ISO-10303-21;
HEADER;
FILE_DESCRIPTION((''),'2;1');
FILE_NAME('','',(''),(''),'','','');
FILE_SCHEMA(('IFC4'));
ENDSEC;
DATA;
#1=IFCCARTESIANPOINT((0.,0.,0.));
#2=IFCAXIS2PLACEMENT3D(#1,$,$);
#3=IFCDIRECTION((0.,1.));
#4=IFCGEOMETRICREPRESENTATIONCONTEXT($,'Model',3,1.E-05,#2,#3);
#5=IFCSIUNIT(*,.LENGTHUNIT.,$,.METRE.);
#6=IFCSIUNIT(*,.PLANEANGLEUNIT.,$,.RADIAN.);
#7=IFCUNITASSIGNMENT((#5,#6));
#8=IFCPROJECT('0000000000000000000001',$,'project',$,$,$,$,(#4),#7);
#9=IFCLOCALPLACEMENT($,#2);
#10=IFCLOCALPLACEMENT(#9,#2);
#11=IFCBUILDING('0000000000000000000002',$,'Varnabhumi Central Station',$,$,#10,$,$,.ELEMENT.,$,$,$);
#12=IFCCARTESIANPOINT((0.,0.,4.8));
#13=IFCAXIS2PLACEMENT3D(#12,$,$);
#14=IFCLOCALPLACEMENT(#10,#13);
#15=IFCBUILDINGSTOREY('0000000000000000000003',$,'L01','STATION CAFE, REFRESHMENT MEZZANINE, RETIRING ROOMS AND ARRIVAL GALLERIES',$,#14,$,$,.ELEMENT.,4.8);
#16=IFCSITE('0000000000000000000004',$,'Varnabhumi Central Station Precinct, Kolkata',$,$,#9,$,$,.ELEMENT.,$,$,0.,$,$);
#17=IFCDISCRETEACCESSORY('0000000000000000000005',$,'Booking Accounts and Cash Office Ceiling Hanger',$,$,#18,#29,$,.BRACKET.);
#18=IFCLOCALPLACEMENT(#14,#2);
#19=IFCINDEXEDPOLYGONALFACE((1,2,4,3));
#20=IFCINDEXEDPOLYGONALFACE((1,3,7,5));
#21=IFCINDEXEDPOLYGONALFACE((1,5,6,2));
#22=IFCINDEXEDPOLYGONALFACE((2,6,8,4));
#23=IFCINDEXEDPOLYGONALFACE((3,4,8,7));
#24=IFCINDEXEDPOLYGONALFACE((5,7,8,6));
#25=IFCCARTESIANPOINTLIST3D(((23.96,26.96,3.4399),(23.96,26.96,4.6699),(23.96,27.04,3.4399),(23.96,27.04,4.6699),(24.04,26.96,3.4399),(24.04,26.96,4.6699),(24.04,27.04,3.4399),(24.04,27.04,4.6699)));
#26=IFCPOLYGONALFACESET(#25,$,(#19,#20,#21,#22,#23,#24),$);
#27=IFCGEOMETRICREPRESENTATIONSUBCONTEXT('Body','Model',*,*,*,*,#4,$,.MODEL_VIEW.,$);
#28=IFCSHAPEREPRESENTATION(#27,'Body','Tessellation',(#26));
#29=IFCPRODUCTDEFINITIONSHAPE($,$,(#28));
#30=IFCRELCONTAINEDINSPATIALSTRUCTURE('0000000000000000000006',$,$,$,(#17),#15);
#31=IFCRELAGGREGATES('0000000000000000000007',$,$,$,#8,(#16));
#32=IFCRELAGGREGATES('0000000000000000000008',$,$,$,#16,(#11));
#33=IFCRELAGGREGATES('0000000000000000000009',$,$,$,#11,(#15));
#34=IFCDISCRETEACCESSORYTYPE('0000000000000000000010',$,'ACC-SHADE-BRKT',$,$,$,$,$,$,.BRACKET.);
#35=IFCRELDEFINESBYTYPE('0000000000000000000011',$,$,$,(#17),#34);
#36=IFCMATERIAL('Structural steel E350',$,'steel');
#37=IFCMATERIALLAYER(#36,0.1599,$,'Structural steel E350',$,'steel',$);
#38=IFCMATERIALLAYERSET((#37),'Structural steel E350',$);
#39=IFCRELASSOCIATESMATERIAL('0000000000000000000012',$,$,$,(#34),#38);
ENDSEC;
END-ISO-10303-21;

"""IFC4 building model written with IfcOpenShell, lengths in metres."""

from ifc_helpers import new_model, si_unit, direction, frame, origin, origin_2d, place, context, subcontext, project, spatial, rectangle, extrude, material, layer, layer_set, type_object, element, save


model = new_model("IFC4")

# Units and contexts
model_context = context("Model", 3, precision=1e-05, world=origin(), true_north=direction((0.0, 1.0)))
body_context = subcontext(model_context, "Body", "Model", "MODEL_VIEW")
ifc_project = project(units=[si_unit("LENGTHUNIT", "METRE"), si_unit("PLANEANGLEUNIT", "RADIAN")], contexts=[model_context])

# Site, building, storey
site_placement = place(None, origin())
site = spatial("IfcSite", under=ifc_project, at=site_placement, Name="Varnabhumi Central Station Precinct, Kolkata", CompositionType="ELEMENT", RefElevation=0.0)
building_placement = place(site_placement, origin())
building = spatial("IfcBuilding", under=site, at=building_placement, Name="Varnabhumi Central Station", CompositionType="ELEMENT")
storey_placement = place(building_placement, frame((0.0, 0.0, 4.8)))
storey = spatial("IfcBuildingStorey", under=building, at=storey_placement, Name="L01", Description="STATION CAFE, REFRESHMENT MEZZANINE, RETIRING ROOMS AND ARRIVAL GALLERIES", CompositionType="ELEMENT", Elevation=4.8)

# Shared definitions
ifc_material_1 = material(Name="Structural steel E350", Category="steel")

# Discrete accessory
ifc_layer_1 = layer(ifc_material_1, 0.1599, Name="Structural steel E350", Category="steel")
ifc_layer_set_1 = layer_set([ifc_layer_1], Name="Structural steel E350")
discrete_accessory_type = type_object("IfcDiscreteAccessoryType", Name="ACC-SHADE-BRKT", PredefinedType="BRACKET", material=ifc_layer_set_1)
discrete_accessory_placement = place(storey_placement, frame((24.0, 27.0, 3.4399), z_axis=(0.0, 0.0, 1.0), x_axis=(1.0, 0.0, 0.0)))
element("IfcDiscreteAccessory", 1, at=discrete_accessory_placement, inside=storey, type_object=discrete_accessory_type, Name="Booking Accounts and Cash Office Ceiling Hanger", PredefinedType="BRACKET", context=body_context, shape_type="SweptSolid", body=[
    extrude(rectangle(XDim=0.0801, YDim=0.0801, at=origin_2d()), origin(), (0.0, 0.0, 1.0), 1.23),
])

save(model, "model.ifc")
